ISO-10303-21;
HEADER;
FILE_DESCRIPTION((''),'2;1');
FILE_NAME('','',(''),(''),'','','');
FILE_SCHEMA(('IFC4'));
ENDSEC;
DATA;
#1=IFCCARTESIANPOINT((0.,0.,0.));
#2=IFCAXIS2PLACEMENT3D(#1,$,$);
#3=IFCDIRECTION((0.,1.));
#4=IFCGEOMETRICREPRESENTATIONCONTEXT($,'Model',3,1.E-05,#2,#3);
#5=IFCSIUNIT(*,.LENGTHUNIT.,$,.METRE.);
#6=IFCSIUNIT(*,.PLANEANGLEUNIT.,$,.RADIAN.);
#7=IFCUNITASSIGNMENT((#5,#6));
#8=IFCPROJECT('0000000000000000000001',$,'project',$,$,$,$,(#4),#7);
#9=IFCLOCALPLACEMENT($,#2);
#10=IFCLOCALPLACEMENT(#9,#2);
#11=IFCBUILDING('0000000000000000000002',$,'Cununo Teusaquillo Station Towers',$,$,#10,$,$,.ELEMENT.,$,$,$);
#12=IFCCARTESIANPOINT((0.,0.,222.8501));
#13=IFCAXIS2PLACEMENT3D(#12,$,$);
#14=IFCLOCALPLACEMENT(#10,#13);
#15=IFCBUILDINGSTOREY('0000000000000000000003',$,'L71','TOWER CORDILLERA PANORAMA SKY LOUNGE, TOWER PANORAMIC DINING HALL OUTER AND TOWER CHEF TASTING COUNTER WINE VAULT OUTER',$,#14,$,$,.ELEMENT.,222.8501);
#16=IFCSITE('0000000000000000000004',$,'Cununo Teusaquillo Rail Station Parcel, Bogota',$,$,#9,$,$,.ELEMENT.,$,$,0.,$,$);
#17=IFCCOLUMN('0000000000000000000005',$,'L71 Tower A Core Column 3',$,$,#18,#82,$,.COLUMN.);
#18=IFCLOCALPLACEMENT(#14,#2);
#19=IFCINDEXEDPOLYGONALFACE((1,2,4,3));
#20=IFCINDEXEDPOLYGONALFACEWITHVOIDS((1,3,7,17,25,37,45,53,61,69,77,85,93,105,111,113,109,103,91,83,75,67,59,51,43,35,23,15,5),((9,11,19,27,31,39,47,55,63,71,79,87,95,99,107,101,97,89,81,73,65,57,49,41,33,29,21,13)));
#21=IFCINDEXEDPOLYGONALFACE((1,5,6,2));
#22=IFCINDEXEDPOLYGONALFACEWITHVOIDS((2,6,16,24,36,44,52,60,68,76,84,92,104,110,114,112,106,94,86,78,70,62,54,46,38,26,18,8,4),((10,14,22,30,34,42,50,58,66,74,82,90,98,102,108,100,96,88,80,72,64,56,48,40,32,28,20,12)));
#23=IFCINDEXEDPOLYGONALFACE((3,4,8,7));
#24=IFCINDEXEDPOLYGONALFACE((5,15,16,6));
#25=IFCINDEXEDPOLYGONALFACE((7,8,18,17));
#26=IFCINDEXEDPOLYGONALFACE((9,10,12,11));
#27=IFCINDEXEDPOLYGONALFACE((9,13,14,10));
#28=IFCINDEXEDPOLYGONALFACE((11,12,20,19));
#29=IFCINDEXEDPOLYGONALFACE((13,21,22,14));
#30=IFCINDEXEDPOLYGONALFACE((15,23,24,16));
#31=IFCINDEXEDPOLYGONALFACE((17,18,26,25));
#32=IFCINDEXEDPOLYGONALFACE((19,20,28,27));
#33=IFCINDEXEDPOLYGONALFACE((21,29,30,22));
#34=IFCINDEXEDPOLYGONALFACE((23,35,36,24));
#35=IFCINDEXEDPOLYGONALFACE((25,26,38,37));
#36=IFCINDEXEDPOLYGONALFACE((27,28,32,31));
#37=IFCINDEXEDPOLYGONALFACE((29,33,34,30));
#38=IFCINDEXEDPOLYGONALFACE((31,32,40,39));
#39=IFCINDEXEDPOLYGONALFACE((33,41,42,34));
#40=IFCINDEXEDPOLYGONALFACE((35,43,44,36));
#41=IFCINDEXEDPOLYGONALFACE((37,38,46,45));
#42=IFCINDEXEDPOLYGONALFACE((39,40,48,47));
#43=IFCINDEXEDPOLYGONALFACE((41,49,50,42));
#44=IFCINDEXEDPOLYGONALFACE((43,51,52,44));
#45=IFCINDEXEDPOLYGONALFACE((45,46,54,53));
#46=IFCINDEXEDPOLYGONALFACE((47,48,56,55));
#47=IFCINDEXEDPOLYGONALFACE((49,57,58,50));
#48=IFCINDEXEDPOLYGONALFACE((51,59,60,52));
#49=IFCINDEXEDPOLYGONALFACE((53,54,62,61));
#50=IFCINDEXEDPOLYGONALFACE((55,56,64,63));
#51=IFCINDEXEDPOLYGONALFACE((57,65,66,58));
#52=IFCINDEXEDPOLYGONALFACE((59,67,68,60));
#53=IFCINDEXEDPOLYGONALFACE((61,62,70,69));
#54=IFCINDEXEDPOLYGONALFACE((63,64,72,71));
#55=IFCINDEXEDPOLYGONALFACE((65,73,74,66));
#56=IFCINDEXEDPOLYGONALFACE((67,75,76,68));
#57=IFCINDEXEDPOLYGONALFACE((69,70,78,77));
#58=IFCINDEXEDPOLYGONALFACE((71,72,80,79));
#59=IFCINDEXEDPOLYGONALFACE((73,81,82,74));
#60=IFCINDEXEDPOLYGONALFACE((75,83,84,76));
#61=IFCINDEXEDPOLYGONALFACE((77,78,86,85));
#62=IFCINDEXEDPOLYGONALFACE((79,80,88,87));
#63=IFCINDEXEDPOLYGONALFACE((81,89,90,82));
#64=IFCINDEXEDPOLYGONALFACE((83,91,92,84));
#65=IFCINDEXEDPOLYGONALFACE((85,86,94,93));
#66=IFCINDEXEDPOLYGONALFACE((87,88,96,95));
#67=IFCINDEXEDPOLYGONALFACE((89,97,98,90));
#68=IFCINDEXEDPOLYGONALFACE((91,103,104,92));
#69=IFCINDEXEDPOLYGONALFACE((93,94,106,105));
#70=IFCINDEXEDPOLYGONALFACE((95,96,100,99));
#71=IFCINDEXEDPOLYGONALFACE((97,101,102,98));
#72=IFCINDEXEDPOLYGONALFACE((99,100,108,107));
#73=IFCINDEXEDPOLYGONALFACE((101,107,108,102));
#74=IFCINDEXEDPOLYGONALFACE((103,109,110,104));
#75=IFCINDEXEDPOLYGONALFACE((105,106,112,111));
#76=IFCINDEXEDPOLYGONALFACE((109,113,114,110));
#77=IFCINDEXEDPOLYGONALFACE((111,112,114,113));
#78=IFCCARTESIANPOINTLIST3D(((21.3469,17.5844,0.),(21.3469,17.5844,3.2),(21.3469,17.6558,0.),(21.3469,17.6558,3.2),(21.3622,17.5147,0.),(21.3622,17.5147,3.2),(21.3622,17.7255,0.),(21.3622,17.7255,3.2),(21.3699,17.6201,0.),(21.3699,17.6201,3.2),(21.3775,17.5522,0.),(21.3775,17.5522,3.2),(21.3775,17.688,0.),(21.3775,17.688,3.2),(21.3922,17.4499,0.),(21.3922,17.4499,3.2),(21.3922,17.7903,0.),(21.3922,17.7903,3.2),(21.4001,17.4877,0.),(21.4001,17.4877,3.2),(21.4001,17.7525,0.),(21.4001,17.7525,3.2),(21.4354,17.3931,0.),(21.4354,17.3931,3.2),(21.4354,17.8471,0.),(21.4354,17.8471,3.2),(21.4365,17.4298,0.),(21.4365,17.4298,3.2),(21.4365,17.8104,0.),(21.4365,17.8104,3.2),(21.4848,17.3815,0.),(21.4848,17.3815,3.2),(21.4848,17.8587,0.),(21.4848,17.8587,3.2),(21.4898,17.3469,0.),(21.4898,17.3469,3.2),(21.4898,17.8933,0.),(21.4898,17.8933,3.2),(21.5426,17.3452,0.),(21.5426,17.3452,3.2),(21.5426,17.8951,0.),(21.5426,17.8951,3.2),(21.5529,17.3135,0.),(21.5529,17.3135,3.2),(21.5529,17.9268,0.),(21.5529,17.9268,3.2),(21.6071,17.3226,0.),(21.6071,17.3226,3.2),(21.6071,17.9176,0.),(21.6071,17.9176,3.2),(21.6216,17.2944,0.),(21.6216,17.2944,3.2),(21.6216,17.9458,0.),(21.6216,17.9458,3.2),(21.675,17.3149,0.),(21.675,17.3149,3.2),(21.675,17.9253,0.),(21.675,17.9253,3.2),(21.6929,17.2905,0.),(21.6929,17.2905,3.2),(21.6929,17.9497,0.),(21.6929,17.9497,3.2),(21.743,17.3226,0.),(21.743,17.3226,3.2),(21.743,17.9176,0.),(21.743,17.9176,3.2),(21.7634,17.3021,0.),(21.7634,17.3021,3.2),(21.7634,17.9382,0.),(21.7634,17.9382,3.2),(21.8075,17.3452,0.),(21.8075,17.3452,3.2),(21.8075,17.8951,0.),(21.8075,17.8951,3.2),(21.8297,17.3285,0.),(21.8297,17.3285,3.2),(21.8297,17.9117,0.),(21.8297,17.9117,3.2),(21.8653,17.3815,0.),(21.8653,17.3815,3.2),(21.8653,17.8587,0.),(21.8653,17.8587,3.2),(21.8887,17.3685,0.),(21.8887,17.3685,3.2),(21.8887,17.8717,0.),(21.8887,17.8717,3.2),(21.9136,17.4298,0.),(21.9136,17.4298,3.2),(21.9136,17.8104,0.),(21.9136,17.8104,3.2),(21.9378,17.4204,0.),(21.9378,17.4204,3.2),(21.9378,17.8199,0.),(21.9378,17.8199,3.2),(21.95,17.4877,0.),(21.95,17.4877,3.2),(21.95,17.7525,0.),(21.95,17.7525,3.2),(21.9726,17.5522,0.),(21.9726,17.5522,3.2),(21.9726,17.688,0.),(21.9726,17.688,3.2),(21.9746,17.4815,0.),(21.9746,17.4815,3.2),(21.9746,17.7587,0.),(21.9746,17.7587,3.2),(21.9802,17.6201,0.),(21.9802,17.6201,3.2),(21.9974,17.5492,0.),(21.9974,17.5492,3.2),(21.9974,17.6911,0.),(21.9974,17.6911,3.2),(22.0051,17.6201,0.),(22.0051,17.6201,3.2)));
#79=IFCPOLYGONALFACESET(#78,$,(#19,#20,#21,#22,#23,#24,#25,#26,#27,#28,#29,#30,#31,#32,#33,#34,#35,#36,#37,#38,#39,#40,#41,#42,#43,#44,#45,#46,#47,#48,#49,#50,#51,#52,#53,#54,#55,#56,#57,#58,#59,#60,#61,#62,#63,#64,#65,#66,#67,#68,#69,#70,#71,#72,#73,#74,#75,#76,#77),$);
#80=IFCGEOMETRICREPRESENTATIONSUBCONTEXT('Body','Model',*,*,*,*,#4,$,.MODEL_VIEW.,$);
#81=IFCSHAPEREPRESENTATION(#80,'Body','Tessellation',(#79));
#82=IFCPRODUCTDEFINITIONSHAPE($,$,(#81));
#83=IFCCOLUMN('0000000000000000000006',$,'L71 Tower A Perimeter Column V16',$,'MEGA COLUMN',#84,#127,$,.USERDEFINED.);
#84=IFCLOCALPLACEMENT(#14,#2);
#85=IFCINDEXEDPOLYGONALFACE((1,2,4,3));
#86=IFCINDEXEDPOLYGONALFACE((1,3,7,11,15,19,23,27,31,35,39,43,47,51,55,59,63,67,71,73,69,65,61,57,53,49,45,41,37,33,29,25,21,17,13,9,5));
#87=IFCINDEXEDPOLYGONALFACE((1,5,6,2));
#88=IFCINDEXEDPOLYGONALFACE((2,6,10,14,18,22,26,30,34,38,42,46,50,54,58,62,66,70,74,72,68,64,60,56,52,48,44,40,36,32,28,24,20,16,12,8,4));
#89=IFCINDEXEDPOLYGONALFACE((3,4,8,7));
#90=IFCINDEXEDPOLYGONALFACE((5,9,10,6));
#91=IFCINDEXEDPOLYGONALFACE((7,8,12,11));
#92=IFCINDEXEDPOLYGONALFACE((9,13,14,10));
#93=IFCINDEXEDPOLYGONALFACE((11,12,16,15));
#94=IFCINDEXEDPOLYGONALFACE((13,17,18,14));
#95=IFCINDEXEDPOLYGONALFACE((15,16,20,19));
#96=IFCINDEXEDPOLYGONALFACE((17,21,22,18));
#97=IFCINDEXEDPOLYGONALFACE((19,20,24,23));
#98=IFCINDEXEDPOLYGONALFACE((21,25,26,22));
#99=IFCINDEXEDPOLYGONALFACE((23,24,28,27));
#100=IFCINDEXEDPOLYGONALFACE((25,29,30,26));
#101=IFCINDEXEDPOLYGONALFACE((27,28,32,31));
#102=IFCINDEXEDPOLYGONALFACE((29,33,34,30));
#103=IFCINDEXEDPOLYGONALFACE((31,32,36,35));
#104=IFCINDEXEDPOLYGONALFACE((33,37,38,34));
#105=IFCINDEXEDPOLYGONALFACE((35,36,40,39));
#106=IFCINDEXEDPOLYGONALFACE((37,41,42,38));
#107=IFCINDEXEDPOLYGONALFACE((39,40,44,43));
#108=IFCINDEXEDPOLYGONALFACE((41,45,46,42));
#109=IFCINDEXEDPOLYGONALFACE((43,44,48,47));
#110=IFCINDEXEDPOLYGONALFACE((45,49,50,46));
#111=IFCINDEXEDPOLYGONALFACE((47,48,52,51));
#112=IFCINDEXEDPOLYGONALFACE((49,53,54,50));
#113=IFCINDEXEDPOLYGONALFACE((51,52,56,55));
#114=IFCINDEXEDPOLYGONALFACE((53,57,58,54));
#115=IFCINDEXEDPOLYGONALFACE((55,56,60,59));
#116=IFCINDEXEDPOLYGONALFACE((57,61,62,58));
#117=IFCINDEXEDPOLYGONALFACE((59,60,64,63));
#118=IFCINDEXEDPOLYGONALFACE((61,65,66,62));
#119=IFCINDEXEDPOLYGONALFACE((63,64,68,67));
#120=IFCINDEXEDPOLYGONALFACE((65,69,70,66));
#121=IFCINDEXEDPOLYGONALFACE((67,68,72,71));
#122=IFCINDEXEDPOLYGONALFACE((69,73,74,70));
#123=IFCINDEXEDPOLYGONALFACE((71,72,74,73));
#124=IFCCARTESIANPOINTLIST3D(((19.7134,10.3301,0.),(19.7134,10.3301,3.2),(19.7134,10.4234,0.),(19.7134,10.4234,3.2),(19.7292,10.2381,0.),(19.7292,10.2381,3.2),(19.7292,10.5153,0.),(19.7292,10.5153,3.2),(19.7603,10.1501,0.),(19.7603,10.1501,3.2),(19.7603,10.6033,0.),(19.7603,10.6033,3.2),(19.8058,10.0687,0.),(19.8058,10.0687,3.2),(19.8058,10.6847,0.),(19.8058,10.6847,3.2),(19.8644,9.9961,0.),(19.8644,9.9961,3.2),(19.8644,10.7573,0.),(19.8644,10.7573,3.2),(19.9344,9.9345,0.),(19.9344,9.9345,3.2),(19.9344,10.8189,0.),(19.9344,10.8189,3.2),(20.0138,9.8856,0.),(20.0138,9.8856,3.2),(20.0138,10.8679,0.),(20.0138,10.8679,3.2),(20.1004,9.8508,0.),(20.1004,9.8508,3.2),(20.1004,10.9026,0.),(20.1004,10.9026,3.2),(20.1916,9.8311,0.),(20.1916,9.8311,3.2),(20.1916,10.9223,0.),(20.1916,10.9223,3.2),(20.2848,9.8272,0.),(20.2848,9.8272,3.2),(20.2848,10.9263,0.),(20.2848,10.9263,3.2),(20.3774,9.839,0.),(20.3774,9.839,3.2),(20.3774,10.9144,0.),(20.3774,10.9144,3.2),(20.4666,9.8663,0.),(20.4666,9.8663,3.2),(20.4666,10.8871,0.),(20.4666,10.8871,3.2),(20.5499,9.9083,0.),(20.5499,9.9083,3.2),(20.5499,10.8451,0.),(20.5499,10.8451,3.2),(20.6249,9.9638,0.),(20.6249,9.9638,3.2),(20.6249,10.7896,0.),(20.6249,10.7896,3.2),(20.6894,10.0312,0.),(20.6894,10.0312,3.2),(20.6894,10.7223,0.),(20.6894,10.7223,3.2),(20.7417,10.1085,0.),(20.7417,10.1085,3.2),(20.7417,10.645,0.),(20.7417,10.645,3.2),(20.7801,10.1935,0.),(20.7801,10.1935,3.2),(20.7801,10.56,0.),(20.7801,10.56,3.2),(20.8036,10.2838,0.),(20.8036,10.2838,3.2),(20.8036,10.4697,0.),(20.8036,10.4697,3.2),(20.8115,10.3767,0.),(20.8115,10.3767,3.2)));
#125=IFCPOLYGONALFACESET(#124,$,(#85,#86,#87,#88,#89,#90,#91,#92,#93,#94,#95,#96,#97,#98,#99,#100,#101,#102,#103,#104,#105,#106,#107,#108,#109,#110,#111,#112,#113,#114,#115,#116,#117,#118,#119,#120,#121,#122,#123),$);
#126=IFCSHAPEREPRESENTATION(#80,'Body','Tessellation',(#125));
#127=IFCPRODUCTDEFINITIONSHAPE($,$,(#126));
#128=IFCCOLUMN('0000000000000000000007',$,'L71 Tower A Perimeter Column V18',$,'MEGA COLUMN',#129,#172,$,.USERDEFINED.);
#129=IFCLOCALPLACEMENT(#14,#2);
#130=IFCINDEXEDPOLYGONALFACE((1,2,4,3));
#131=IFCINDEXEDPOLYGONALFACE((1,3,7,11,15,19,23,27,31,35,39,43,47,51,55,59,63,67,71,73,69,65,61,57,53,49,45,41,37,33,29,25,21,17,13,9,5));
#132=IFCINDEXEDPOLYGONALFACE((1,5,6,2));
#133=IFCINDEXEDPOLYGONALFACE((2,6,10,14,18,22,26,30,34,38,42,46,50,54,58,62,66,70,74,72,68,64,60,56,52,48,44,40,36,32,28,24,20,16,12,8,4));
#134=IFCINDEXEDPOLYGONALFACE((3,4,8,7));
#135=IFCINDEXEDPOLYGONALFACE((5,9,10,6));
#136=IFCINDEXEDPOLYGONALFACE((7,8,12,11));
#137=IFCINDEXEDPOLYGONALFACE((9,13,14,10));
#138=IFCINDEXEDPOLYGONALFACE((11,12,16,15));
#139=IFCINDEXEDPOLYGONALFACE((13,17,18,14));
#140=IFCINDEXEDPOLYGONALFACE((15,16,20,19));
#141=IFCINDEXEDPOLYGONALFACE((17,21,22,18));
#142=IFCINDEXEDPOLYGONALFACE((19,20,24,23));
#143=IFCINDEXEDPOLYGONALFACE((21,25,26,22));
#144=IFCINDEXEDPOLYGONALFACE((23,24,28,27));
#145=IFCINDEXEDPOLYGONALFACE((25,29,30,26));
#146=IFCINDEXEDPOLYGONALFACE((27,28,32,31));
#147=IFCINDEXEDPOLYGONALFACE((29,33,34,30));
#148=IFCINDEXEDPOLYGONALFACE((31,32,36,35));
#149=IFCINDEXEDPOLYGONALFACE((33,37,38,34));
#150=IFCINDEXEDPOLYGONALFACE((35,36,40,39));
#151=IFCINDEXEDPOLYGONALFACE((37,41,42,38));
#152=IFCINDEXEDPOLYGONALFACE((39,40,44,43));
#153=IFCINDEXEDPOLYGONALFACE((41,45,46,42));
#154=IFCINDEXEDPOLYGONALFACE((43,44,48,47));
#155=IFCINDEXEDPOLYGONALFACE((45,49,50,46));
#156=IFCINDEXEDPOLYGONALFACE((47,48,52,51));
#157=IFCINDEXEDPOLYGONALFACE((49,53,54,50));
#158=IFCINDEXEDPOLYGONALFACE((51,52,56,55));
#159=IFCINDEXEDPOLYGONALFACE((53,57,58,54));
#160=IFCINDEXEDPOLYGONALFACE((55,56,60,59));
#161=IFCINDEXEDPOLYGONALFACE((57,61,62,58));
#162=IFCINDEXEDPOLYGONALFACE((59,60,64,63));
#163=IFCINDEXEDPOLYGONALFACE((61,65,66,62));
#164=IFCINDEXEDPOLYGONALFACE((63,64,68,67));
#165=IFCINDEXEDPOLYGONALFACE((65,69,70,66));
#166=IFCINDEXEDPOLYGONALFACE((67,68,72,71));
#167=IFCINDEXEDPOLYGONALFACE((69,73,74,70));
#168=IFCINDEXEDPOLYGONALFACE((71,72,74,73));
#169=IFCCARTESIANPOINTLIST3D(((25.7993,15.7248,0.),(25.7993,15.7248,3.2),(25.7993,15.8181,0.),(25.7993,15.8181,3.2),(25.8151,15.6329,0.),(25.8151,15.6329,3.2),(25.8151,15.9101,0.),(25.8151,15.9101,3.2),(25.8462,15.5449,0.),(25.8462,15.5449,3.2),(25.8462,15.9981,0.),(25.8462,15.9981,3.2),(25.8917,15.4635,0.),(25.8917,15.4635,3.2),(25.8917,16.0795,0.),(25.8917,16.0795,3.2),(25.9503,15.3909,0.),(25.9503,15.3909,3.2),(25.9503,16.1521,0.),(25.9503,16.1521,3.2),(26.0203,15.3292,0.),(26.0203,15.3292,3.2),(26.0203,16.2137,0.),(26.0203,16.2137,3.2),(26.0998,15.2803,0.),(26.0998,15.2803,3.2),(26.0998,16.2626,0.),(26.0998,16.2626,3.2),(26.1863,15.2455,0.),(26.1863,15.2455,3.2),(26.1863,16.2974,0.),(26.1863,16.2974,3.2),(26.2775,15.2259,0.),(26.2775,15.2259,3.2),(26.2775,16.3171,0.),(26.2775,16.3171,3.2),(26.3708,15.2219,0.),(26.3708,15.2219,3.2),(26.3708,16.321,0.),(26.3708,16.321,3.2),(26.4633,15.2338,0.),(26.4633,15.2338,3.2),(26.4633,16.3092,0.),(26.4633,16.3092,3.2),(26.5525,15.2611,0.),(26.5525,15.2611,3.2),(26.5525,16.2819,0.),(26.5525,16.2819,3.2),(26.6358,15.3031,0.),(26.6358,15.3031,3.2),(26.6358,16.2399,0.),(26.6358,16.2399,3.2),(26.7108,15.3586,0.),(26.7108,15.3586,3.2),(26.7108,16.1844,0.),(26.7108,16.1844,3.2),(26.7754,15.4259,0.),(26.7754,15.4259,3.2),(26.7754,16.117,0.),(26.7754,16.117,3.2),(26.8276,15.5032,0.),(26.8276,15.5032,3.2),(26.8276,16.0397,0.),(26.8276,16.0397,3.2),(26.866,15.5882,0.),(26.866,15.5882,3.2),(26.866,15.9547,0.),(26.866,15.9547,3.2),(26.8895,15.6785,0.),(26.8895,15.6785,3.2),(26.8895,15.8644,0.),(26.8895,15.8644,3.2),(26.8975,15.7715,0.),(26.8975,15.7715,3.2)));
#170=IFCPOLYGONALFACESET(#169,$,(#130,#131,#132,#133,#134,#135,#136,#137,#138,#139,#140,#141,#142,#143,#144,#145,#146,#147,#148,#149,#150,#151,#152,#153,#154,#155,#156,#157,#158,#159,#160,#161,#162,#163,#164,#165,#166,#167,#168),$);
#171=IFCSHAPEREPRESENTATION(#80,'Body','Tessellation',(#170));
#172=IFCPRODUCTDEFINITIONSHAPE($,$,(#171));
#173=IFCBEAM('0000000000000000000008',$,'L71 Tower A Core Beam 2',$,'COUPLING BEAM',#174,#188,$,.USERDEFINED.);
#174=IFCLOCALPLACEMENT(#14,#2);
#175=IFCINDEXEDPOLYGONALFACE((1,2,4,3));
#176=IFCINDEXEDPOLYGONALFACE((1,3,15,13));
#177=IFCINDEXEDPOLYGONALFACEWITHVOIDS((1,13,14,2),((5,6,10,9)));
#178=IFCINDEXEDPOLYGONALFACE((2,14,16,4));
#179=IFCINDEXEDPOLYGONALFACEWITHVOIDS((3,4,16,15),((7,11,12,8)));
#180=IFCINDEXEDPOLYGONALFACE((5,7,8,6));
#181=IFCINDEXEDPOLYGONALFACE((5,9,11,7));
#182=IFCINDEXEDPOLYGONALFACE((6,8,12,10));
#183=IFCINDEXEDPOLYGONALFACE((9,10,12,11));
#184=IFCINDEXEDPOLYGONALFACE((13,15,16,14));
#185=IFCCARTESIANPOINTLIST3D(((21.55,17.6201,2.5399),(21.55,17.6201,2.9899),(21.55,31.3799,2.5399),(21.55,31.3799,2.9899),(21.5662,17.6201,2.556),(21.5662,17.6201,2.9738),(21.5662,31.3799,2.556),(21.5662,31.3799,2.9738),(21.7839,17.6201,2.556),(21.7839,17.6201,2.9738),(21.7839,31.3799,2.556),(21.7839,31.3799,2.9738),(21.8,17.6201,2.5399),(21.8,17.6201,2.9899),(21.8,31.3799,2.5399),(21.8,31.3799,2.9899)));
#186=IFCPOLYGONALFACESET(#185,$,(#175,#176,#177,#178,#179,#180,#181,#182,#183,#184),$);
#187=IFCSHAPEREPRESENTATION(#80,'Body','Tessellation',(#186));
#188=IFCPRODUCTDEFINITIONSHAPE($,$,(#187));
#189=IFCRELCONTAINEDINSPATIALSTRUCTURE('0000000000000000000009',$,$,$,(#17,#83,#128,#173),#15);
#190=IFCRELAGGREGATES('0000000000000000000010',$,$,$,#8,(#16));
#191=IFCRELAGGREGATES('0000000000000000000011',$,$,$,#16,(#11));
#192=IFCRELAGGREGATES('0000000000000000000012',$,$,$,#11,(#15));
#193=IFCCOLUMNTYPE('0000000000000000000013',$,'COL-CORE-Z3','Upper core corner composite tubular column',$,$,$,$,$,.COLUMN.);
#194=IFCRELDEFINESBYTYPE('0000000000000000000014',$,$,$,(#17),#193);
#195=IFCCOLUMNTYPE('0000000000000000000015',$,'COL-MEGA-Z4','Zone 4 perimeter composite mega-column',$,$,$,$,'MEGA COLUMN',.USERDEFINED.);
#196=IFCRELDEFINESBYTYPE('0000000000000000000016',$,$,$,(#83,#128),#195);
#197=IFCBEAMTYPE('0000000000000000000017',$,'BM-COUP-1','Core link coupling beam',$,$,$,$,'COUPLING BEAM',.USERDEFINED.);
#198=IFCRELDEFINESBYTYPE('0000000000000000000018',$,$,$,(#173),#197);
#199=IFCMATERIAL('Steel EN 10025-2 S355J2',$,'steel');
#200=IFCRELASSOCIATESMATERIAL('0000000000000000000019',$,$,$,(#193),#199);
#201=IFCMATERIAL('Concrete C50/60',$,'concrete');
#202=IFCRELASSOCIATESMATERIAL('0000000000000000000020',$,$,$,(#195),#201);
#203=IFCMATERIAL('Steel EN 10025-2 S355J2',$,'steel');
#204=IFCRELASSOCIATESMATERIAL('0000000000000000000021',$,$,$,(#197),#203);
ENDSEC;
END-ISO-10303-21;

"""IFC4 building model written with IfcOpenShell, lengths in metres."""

from ifc_helpers import new_model, si_unit, direction, frame, origin, origin_2d, place, context, subcontext, project, spatial, hollow_rectangle, circle, hollow_circle, extrude, material, material_profile, profile_set, type_object, element, save


model = new_model("IFC4")

# Units and contexts
model_context = context("Model", 3, precision=1e-05, world=origin(), true_north=direction((0.0, 1.0)))
body_context = subcontext(model_context, "Body", "Model", "MODEL_VIEW")
ifc_project = project(units=[si_unit("LENGTHUNIT", "METRE"), si_unit("PLANEANGLEUNIT", "RADIAN")], contexts=[model_context])

# Site, building, storey
site_placement = place(None, origin())
site = spatial("IfcSite", under=ifc_project, at=site_placement, Name="Cununo Teusaquillo Rail Station Parcel, Bogota", CompositionType="ELEMENT", RefElevation=0.0)
building_placement = place(site_placement, origin())
building = spatial("IfcBuilding", under=site, at=building_placement, Name="Cununo Teusaquillo Station Towers", CompositionType="ELEMENT")
storey_placement = place(building_placement, frame((0.0, 0.0, 222.8501)))
storey = spatial("IfcBuildingStorey", under=building, at=storey_placement, Name="L71", Description="TOWER CORDILLERA PANORAMA SKY LOUNGE, TOWER PANORAMIC DINING HALL OUTER AND TOWER CHEF TASTING COUNTER WINE VAULT OUTER", CompositionType="ELEMENT", Elevation=222.8501)

# Columns
ifc_material_1 = material(Name="Steel EN 10025-2 S355J2", Category="steel")
ifc_material_profile_1 = material_profile(ifc_material_1, hollow_circle(Radius=0.3301, WallThickness=0.0249, at=origin_2d()), Name="CHS 660x25")
ifc_profile_set_1 = profile_set([ifc_material_profile_1], Name="Steel EN 10025-2 S355J2")
column_type_1 = type_object("IfcColumnType", Name="COL-CORE-Z3", Description="Upper core corner composite tubular column", PredefinedType="COLUMN", material=ifc_profile_set_1)
column_placement = place(storey_placement, frame((21.675, 17.6201, 0.0), z_axis=(0.0, 0.0, 1.0), x_axis=(1.0, 0.0, 0.0)))
element("IfcColumn", 1, at=column_placement, inside=storey, type_object=column_type_1, Name="L71 Tower A Core Column 3", PredefinedType="COLUMN", context=body_context, shape_type="SweptSolid", body=[
    extrude(hollow_circle(Radius=0.3301, WallThickness=0.0249, at=origin_2d()), origin(), (0.0, 0.0, 1.0), 3.2),
])
ifc_material_2 = material(Name="Concrete C50/60", Category="concrete")
ifc_material_profile_2 = material_profile(ifc_material_2, circle(Radius=0.55, at=origin_2d()), Name="RC-CIRC-1100")
ifc_profile_set_2 = profile_set([ifc_material_profile_2], Name="Concrete C50/60")
column_type_2 = type_object("IfcColumnType", Name="COL-MEGA-Z4", Description="Zone 4 perimeter composite mega-column", ElementType="MEGA COLUMN", PredefinedType="USERDEFINED", material=ifc_profile_set_2)
for number, where, z_axis, x_axis, name in (
    (2, (20.2615, 10.3767, 0.0), (0.0, 0.0, 1.0), (1.0, 0.0, 0.0), "L71 Tower A Perimeter Column V16"),
    (3, (26.3474, 15.7715, 0.0), (0.0, 0.0, 1.0), (1.0, 0.0, 0.0), "L71 Tower A Perimeter Column V18"),
):
    element("IfcColumn", number, at=place(storey_placement, frame(where, z_axis=z_axis, x_axis=x_axis)), inside=storey, type_object=column_type_2, Name=name, ObjectType="MEGA COLUMN", PredefinedType="USERDEFINED", context=body_context, shape_type="SweptSolid", body=[
        extrude(circle(Radius=0.55, at=origin_2d()), origin(), (0.0, 0.0, 1.0), 3.2),
    ])

# Beam
ifc_material_3 = material(Name="Steel EN 10025-2 S355J2", Category="steel")
ifc_material_profile_3 = material_profile(ifc_material_3, hollow_rectangle(XDim=0.25, YDim=0.45, WallThickness=0.0161, at=origin_2d()), Name="RHS 450x250x16")
ifc_profile_set_3 = profile_set([ifc_material_profile_3], Name="Steel EN 10025-2 S355J2")
beam_type_1 = type_object("IfcBeamType", Name="BM-COUP-1", Description="Core link coupling beam", ElementType="COUPLING BEAM", PredefinedType="USERDEFINED", material=ifc_profile_set_3)
beam_1_placement = place(storey_placement, frame((21.675, 17.6201, 2.7649), z_axis=(0.0, 1.0, 0.0), x_axis=(-1.0, 0.0, 0.0)))
element("IfcBeam", 4, at=beam_1_placement, inside=storey, type_object=beam_type_1, Name="L71 Tower A Core Beam 2", ObjectType="COUPLING BEAM", PredefinedType="USERDEFINED", context=body_context, shape_type="SweptSolid", body=[
    extrude(hollow_rectangle(XDim=0.25, YDim=0.45, WallThickness=0.0161, at=origin_2d()), origin(), (0.0, 0.0, 1.0), 13.7598),
])

save(model, "model.ifc")
